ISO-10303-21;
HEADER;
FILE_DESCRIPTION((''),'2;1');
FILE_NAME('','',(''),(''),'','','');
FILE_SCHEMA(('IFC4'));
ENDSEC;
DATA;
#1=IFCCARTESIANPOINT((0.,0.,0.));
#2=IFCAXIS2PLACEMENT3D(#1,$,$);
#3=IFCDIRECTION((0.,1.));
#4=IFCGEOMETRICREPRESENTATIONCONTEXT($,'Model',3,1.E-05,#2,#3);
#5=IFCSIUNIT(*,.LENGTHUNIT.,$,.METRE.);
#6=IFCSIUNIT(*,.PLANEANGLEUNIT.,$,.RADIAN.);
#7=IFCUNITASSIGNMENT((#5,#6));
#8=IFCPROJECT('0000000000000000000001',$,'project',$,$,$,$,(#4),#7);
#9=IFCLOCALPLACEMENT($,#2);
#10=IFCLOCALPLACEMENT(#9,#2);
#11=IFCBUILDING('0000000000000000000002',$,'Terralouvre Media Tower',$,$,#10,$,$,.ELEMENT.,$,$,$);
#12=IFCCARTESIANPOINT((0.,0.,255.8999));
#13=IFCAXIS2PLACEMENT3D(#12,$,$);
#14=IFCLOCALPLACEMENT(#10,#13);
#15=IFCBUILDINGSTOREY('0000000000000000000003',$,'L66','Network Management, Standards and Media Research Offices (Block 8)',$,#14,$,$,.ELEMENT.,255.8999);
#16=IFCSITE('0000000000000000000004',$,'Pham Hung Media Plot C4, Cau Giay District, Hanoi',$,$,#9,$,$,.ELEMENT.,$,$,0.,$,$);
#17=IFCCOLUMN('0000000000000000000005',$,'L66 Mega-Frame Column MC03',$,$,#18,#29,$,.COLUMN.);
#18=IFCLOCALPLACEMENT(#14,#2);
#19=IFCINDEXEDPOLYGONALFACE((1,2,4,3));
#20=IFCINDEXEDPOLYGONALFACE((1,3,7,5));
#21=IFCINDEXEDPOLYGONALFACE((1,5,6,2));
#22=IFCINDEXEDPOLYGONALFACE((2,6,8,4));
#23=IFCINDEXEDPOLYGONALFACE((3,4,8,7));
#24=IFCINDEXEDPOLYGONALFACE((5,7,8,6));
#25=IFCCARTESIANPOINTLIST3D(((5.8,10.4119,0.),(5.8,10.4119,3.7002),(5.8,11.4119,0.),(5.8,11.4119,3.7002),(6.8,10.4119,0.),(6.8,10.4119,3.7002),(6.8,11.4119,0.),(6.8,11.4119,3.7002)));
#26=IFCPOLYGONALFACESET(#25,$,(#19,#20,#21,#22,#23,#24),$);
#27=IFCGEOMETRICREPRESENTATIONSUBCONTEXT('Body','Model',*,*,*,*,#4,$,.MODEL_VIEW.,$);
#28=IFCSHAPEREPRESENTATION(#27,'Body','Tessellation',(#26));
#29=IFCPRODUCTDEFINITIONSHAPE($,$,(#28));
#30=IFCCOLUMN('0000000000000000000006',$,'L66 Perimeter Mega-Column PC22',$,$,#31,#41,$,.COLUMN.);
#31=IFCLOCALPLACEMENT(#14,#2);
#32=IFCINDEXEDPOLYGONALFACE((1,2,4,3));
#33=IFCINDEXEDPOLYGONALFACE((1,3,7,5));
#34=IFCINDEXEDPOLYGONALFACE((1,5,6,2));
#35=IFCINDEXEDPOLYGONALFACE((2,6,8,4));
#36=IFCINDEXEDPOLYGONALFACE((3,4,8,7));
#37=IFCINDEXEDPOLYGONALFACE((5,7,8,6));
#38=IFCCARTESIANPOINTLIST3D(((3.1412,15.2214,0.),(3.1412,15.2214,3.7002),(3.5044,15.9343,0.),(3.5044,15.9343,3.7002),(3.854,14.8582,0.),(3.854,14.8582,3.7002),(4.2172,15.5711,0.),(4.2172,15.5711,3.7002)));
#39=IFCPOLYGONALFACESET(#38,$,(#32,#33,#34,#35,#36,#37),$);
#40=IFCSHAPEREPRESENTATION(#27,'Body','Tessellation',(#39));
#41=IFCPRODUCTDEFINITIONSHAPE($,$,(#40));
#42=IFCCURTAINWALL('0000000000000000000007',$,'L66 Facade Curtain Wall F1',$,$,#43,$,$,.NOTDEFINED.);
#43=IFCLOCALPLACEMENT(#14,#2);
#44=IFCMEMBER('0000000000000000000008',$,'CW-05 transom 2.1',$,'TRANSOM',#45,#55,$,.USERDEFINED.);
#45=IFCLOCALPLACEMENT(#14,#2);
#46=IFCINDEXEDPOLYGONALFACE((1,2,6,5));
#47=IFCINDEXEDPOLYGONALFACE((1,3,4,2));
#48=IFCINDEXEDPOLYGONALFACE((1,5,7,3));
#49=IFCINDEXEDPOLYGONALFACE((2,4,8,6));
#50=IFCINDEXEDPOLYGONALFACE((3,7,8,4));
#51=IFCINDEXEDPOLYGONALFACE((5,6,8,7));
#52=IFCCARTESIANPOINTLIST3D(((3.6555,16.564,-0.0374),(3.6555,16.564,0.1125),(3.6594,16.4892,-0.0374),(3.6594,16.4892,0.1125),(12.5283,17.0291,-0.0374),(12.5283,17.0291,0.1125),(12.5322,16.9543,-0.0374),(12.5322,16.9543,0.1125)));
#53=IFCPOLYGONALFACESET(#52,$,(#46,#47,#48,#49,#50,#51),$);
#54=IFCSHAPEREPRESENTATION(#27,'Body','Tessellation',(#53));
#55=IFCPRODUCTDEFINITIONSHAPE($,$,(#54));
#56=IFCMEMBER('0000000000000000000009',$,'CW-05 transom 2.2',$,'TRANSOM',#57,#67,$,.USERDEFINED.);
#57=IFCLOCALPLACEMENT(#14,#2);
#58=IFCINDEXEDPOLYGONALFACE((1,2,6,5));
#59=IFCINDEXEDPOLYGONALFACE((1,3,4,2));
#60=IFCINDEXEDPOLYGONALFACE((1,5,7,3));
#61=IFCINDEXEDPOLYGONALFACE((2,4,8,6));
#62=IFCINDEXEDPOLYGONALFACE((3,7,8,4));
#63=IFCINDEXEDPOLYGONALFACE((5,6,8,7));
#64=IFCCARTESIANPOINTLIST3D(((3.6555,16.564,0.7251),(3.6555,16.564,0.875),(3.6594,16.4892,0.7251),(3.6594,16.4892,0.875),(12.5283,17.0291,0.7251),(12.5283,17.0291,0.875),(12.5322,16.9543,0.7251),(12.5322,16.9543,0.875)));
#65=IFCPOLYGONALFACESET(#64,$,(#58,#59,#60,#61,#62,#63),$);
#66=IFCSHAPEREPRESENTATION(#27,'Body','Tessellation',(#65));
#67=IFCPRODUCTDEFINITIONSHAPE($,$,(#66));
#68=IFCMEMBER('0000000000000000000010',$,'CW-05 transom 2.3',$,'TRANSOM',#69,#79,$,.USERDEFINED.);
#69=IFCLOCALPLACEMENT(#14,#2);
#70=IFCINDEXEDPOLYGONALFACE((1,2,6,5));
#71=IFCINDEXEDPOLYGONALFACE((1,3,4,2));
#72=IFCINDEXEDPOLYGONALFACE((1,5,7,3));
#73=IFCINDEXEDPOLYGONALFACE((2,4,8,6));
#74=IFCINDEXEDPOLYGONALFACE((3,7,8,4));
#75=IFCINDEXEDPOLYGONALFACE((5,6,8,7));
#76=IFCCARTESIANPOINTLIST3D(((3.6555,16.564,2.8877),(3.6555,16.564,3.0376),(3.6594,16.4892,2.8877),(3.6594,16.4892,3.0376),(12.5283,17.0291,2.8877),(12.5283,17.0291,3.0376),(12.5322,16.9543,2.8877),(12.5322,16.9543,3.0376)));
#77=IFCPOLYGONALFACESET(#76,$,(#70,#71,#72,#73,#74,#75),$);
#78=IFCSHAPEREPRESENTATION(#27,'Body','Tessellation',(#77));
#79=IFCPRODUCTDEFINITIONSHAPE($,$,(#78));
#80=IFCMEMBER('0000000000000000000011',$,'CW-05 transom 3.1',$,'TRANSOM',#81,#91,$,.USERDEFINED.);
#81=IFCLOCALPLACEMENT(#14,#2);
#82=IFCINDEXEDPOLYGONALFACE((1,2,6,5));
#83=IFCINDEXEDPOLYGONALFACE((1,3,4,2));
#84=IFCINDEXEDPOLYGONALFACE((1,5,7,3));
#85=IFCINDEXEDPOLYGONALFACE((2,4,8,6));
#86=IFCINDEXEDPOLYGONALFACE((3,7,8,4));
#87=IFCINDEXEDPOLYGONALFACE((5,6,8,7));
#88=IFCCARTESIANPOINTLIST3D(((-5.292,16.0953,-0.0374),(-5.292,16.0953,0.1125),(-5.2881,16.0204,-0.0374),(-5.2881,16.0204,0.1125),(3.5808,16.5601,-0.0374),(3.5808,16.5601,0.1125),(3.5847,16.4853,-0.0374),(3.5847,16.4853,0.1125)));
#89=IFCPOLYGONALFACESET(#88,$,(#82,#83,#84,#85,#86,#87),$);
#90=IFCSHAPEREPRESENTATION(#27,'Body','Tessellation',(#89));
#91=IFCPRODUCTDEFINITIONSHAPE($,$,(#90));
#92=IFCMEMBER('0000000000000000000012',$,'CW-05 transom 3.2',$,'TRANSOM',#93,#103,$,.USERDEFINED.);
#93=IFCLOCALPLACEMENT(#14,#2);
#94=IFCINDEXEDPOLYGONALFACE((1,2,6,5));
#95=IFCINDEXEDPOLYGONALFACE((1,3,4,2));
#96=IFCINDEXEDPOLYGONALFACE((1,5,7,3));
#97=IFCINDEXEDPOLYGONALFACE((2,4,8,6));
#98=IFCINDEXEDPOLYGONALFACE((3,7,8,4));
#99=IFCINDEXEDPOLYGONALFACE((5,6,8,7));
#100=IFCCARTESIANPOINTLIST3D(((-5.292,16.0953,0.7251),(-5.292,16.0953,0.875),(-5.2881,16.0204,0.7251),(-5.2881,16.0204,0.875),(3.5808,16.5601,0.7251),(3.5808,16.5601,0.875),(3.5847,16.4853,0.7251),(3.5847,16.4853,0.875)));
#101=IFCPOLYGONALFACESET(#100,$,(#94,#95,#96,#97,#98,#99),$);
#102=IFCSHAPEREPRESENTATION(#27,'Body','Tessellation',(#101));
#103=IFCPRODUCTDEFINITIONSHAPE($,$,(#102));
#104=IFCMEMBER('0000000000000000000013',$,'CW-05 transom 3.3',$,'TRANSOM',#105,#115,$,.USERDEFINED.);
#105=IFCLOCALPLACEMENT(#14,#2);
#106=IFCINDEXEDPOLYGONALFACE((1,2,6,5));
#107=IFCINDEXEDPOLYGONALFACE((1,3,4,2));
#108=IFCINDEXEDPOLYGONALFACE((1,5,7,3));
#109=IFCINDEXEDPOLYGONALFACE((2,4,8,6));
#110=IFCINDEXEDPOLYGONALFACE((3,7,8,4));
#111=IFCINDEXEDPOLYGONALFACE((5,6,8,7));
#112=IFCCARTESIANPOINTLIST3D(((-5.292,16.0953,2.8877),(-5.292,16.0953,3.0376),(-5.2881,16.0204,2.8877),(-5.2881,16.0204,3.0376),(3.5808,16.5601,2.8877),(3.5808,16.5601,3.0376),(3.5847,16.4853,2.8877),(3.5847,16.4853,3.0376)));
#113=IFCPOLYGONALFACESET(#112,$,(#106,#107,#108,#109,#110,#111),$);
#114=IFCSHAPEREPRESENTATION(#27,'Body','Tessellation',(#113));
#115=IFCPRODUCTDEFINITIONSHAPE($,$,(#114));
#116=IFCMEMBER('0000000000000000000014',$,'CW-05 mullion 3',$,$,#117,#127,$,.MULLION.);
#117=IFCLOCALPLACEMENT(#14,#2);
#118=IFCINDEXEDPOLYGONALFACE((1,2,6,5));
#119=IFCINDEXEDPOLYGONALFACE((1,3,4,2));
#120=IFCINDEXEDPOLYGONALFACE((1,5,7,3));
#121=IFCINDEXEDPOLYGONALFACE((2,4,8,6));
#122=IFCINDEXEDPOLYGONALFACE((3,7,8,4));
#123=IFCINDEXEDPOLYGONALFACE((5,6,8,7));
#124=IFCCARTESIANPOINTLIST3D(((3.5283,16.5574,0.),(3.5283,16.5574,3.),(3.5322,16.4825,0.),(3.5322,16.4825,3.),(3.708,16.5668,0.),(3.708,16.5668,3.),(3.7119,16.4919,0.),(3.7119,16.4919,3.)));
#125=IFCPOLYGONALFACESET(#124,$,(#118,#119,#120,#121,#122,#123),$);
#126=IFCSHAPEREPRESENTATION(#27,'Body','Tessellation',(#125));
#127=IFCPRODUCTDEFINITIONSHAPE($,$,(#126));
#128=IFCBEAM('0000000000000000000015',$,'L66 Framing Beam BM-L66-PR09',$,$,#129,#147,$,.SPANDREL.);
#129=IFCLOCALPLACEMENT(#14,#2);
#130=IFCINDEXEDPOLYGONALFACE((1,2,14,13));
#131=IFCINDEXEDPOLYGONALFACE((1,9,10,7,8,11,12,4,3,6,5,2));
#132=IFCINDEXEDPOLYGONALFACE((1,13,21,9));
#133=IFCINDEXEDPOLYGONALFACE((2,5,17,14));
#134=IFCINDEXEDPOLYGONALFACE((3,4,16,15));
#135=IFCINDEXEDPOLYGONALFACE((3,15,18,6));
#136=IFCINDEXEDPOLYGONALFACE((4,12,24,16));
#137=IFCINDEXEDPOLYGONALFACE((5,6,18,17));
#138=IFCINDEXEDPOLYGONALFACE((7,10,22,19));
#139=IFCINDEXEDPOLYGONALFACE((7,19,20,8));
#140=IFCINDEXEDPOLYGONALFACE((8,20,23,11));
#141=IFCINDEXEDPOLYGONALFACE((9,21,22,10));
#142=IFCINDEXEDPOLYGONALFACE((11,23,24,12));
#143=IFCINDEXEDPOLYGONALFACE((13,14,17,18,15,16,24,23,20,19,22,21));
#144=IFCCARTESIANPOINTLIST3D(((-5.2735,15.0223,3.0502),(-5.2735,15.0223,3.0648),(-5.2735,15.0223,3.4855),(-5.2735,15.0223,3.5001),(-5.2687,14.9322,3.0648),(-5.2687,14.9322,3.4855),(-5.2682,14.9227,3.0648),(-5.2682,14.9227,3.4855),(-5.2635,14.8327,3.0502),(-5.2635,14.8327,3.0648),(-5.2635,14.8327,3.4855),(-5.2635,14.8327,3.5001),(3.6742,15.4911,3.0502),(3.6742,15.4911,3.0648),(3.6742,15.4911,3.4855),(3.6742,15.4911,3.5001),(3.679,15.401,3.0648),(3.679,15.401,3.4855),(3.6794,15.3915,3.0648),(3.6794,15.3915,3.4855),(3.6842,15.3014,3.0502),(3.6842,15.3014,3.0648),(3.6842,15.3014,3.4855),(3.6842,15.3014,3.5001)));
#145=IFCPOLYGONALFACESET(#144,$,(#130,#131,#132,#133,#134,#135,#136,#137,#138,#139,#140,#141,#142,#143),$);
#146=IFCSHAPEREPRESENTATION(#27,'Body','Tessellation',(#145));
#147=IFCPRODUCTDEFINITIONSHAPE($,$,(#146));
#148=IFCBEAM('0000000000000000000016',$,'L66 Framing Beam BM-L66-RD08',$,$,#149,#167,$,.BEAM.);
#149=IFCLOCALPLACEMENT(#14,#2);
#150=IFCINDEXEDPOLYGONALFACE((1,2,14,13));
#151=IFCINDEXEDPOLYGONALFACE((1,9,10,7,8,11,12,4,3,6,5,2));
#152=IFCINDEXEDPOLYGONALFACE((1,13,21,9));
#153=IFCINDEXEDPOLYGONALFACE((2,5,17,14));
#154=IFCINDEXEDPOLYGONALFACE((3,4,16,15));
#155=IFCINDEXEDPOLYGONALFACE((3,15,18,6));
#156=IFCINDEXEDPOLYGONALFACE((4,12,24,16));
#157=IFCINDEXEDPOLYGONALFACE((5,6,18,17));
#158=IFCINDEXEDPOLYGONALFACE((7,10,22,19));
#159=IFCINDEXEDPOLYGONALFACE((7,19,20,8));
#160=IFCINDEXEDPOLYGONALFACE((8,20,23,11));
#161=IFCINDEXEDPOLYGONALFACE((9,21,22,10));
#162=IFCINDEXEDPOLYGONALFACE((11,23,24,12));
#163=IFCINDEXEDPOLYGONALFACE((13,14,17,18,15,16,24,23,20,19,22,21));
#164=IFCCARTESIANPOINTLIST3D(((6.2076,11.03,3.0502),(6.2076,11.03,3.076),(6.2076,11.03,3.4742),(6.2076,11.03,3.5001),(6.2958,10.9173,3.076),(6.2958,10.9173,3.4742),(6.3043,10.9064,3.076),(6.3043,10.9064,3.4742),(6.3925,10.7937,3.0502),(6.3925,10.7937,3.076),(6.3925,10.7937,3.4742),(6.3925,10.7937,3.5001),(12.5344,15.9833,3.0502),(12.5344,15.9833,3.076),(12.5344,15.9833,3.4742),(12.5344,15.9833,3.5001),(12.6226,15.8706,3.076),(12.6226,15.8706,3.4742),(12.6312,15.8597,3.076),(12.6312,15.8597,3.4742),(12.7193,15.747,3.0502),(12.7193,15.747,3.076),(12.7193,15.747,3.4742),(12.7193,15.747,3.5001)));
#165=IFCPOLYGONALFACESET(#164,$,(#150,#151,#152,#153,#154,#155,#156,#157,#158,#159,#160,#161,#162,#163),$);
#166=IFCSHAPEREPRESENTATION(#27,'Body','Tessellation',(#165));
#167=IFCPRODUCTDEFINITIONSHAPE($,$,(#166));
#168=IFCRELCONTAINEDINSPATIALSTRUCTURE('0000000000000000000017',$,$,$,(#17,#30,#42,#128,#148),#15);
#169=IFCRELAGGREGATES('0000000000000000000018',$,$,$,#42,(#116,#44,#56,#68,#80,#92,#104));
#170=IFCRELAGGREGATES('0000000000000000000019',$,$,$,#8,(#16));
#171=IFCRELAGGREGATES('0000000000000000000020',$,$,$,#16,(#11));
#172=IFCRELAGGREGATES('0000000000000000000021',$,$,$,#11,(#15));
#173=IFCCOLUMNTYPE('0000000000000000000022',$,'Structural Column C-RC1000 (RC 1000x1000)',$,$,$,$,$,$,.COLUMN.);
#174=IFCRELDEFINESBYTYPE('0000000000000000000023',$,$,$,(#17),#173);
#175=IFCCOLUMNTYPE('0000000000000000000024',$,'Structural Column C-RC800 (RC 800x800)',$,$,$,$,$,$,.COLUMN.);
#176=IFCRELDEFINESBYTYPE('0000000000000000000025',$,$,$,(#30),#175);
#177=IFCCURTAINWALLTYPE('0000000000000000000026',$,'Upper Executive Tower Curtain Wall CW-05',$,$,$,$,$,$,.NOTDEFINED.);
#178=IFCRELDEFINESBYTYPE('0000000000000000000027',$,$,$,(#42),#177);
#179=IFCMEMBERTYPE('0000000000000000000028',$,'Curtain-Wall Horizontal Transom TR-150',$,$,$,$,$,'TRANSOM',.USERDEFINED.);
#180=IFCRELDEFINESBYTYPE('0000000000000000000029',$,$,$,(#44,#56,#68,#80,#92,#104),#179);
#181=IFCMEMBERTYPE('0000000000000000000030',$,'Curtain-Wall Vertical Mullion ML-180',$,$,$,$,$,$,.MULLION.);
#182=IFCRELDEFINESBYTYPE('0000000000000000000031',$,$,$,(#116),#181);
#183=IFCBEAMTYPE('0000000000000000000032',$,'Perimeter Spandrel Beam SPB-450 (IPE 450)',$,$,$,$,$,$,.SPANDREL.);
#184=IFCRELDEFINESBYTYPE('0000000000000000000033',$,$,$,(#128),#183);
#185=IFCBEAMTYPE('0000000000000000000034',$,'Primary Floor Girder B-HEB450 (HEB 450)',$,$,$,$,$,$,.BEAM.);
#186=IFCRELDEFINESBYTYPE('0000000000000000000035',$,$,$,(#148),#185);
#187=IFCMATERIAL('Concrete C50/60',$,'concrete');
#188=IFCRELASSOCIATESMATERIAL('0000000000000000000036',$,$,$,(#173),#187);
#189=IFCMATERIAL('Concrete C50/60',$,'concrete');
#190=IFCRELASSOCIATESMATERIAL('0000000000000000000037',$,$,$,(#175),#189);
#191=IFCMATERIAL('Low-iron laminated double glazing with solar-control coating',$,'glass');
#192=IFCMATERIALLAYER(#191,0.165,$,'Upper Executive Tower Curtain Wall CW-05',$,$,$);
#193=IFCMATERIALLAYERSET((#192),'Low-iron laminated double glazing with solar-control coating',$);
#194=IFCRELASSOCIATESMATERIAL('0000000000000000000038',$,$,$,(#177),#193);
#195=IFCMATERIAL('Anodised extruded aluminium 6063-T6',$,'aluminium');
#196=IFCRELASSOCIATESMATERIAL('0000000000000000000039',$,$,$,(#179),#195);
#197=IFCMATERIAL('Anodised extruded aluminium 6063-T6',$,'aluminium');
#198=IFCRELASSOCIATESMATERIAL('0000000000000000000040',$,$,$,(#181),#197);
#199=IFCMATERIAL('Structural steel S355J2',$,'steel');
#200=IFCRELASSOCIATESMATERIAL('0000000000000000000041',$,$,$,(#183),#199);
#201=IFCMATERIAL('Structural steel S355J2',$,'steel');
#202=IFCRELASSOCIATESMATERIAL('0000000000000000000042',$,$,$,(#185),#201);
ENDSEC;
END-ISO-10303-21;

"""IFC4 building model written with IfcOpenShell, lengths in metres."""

from ifc_helpers import new_model, si_unit, direction, frame, origin, origin_2d, place, context, subcontext, project, spatial, rectangle, i_section, extrude, material, layer, layer_set, material_profile, profile_set, type_object, element, aggregate, save


model = new_model("IFC4")

# Units and contexts
model_context = context("Model", 3, precision=1e-05, world=origin(), true_north=direction((0.0, 1.0)))
body_context = subcontext(model_context, "Body", "Model", "MODEL_VIEW")
ifc_project = project(units=[si_unit("LENGTHUNIT", "METRE"), si_unit("PLANEANGLEUNIT", "RADIAN")], contexts=[model_context])

# Site, building, storey
site_placement = place(None, origin())
site = spatial("IfcSite", under=ifc_project, at=site_placement, Name="Pham Hung Media Plot C4, Cau Giay District, Hanoi", CompositionType="ELEMENT", RefElevation=0.0)
building_placement = place(site_placement, origin())
building = spatial("IfcBuilding", under=site, at=building_placement, Name="Terralouvre Media Tower", CompositionType="ELEMENT")
storey_placement = place(building_placement, frame((0.0, 0.0, 255.8999)))
storey = spatial("IfcBuildingStorey", under=building, at=storey_placement, Name="L66", Description="Network Management, Standards and Media Research Offices (Block 8)", CompositionType="ELEMENT", Elevation=255.8999)

# Columns
ifc_material_1 = material(Name="Concrete C50/60", Category="concrete")
ifc_material_profile_1 = material_profile(ifc_material_1, rectangle(XDim=1.0, YDim=1.0, at=origin_2d()), Name="RC 1000x1000")
ifc_profile_set_1 = profile_set([ifc_material_profile_1], Name="Concrete C50/60")
column_type_1 = type_object("IfcColumnType", Name="Structural Column C-RC1000 (RC 1000x1000)", PredefinedType="COLUMN", material=ifc_profile_set_1)
column_1_placement = place(storey_placement, frame((6.3, 10.9119, 0.0), z_axis=(0.0, 0.0, 1.0), x_axis=(1.0, 0.0, 0.0)))
element("IfcColumn", 1, at=column_1_placement, inside=storey, type_object=column_type_1, Name="L66 Mega-Frame Column MC03", PredefinedType="COLUMN", context=body_context, shape_type="SweptSolid", body=[
    extrude(rectangle(XDim=1.0, YDim=1.0, at=origin_2d()), origin(), (0.0, 0.0, 1.0), 3.7002),
])
ifc_material_2 = material(Name="Concrete C50/60", Category="concrete")
ifc_material_profile_2 = material_profile(ifc_material_2, rectangle(XDim=0.8, YDim=0.8, at=origin_2d()), Name="RC 800x800")
ifc_profile_set_2 = profile_set([ifc_material_profile_2], Name="Concrete C50/60")
column_type_2 = type_object("IfcColumnType", Name="Structural Column C-RC800 (RC 800x800)", PredefinedType="COLUMN", material=ifc_profile_set_2)
column_2_placement = place(storey_placement, frame((3.6792, 15.3962, 0.0), z_axis=(0.0, 0.0, 1.0), x_axis=(0.45399, 0.891007, 0.0)))
element("IfcColumn", 2, at=column_2_placement, inside=storey, type_object=column_type_2, Name="L66 Perimeter Mega-Column PC22", PredefinedType="COLUMN", context=body_context, shape_type="SweptSolid", body=[
    extrude(rectangle(XDim=0.8, YDim=0.8, at=origin_2d()), origin(), (0.0, 0.0, 1.0), 3.7002),
])

# Curtain wall, members
ifc_material_3 = material(Name="Low-iron laminated double glazing with solar-control coating", Category="glass")
ifc_layer_1 = layer(ifc_material_3, 0.165, Name="Upper Executive Tower Curtain Wall CW-05")
ifc_layer_set_1 = layer_set([ifc_layer_1], Name="Low-iron laminated double glazing with solar-control coating")
curtain_wall_type = type_object("IfcCurtainWallType", Name="Upper Executive Tower Curtain Wall CW-05", PredefinedType="NOTDEFINED", material=ifc_layer_set_1)
curtain_wall_placement = place(storey_placement, origin())
curtain_wall = element("IfcCurtainWall", 3, at=curtain_wall_placement, inside=storey, type_object=curtain_wall_type, Name="L66 Facade Curtain Wall F1", PredefinedType="NOTDEFINED")
ifc_material_4 = material(Name="Anodised extruded aluminium 6063-T6", Category="aluminium")
ifc_material_profile_3 = material_profile(ifc_material_4, rectangle(XDim=0.075, YDim=0.1499, at=origin_2d()), Name="ALU 75x150")
ifc_profile_set_3 = profile_set([ifc_material_profile_3], Name="Anodised extruded aluminium 6063-T6")
member_type_1 = type_object("IfcMemberType", Name="Curtain-Wall Horizontal Transom TR-150", ElementType="TRANSOM", PredefinedType="USERDEFINED", material=ifc_profile_set_3)
member_1_placement = place(storey_placement, frame((12.5303, 16.9917, 0.0376), z_axis=(-0.998629, -0.052345, 0.0), x_axis=(0.052345, -0.998629, 0.0)))
member_1 = element("IfcMember", 4, at=member_1_placement, type_object=member_type_1, Name="CW-05 transom 2.1", ObjectType="TRANSOM", PredefinedType="USERDEFINED", context=body_context, shape_type="SweptSolid", body=[
    extrude(rectangle(XDim=0.075, YDim=0.1499, at=origin_2d()), origin(), (0.0, 0.0, 1.0), 8.885),
])
member_2_placement = place(storey_placement, frame((12.5303, 16.9917, 0.8), z_axis=(-0.998629, -0.052345, 0.0), x_axis=(0.052345, -0.998629, 0.0)))
member_2 = element("IfcMember", 5, at=member_2_placement, type_object=member_type_1, Name="CW-05 transom 2.2", ObjectType="TRANSOM", PredefinedType="USERDEFINED", context=body_context, shape_type="SweptSolid", body=[
    extrude(rectangle(XDim=0.075, YDim=0.1499, at=origin_2d()), origin(), (0.0, 0.0, 1.0), 8.885),
])
member_3_placement = place(storey_placement, frame((12.5303, 16.9917, 2.9626), z_axis=(-0.998629, -0.052345, 0.0), x_axis=(0.052345, -0.998629, 0.0)))
member_3 = element("IfcMember", 6, at=member_3_placement, type_object=member_type_1, Name="CW-05 transom 2.3", ObjectType="TRANSOM", PredefinedType="USERDEFINED", context=body_context, shape_type="SweptSolid", body=[
    extrude(rectangle(XDim=0.075, YDim=0.1499, at=origin_2d()), origin(), (0.0, 0.0, 1.0), 8.885),
])
member_4_placement = place(storey_placement, frame((3.5828, 16.5227, 0.0376), z_axis=(-0.99863, -0.052318, 0.0), x_axis=(0.052318, -0.99863, 0.0)))
member_4 = element("IfcMember", 7, at=member_4_placement, type_object=member_type_1, Name="CW-05 transom 3.1", ObjectType="TRANSOM", PredefinedType="USERDEFINED", context=body_context, shape_type="SweptSolid", body=[
    extrude(rectangle(XDim=0.075, YDim=0.1499, at=origin_2d()), origin(), (0.0, 0.0, 1.0), 8.885),
])
member_5_placement = place(storey_placement, frame((3.5828, 16.5227, 0.8), z_axis=(-0.99863, -0.052318, 0.0), x_axis=(0.052318, -0.99863, 0.0)))
member_5 = element("IfcMember", 8, at=member_5_placement, type_object=member_type_1, Name="CW-05 transom 3.2", ObjectType="TRANSOM", PredefinedType="USERDEFINED", context=body_context, shape_type="SweptSolid", body=[
    extrude(rectangle(XDim=0.075, YDim=0.1499, at=origin_2d()), origin(), (0.0, 0.0, 1.0), 8.885),
])
member_6_placement = place(storey_placement, frame((3.5828, 16.5227, 2.9626), z_axis=(-0.99863, -0.052318, 0.0), x_axis=(0.052318, -0.99863, 0.0)))
member_6 = element("IfcMember", 9, at=member_6_placement, type_object=member_type_1, Name="CW-05 transom 3.3", ObjectType="TRANSOM", PredefinedType="USERDEFINED", context=body_context, shape_type="SweptSolid", body=[
    extrude(rectangle(XDim=0.075, YDim=0.1499, at=origin_2d()), origin(), (0.0, 0.0, 1.0), 8.885),
])
ifc_material_5 = material(Name="Anodised extruded aluminium 6063-T6", Category="aluminium")
ifc_material_profile_4 = material_profile(ifc_material_5, rectangle(XDim=0.075, YDim=0.1799, at=origin_2d()), Name="ALU 75x180")
ifc_profile_set_4 = profile_set([ifc_material_profile_4], Name="Anodised extruded aluminium 6063-T6")
member_type_2 = type_object("IfcMemberType", Name="Curtain-Wall Vertical Mullion ML-180", PredefinedType="MULLION", material=ifc_profile_set_4)
member_7_placement = place(storey_placement, frame((3.6201, 16.5247, 0.0), z_axis=(0.0, 0.0, 1.0), x_axis=(0.052336, -0.99863, 0.0)))
member_7 = element("IfcMember", 10, at=member_7_placement, type_object=member_type_2, Name="CW-05 mullion 3", PredefinedType="MULLION", context=body_context, shape_type="SweptSolid", body=[
    extrude(rectangle(XDim=0.075, YDim=0.1799, at=origin_2d()), origin(), (0.0, 0.0, 1.0), 3.0),
])

# Beams
ifc_material_6 = material(Name="Structural steel S355J2", Category="steel")
ifc_material_profile_5 = material_profile(ifc_material_6, i_section(OverallWidth=0.1899, OverallDepth=0.45, WebThickness=0.0095, FlangeThickness=0.0146, at=origin_2d()), Name="IPE 450")
ifc_profile_set_5 = profile_set([ifc_material_profile_5], Name="Structural steel S355J2")
beam_type_1 = type_object("IfcBeamType", Name="Perimeter Spandrel Beam SPB-450 (IPE 450)", PredefinedType="SPANDREL", material=ifc_profile_set_5)
beam_1_placement = place(storey_placement, frame((3.6792, 15.3962, 3.2751), z_axis=(-0.998631, -0.052316, 0.0), x_axis=(0.052316, -0.998631, 0.0)))
element("IfcBeam", 11, at=beam_1_placement, inside=storey, type_object=beam_type_1, Name="L66 Framing Beam BM-L66-PR09", PredefinedType="SPANDREL", context=body_context, shape_type="SweptSolid", body=[
    extrude(i_section(OverallWidth=0.1899, OverallDepth=0.45, WebThickness=0.0095, FlangeThickness=0.0146, at=origin_2d()), origin(), (0.0, 0.0, 1.0), 8.96),
])
ifc_material_7 = material(Name="Structural steel S355J2", Category="steel")
ifc_material_profile_6 = material_profile(ifc_material_7, i_section(OverallWidth=0.3, OverallDepth=0.45, WebThickness=0.0139, FlangeThickness=0.0259, at=origin_2d()), Name="HEB 450")
ifc_profile_set_6 = profile_set([ifc_material_profile_6], Name="Structural steel S355J2")
beam_type_2 = type_object("IfcBeamType", Name="Primary Floor Girder B-HEB450 (HEB 450)", PredefinedType="BEAM", material=ifc_profile_set_6)
beam_2_placement = place(storey_placement, frame((6.3, 10.9119, 3.2751), z_axis=(0.787392, 0.616453, 0.0), x_axis=(-0.616453, 0.787392, 0.0)))
element("IfcBeam", 12, at=beam_2_placement, inside=storey, type_object=beam_type_2, Name="L66 Framing Beam BM-L66-RD08", PredefinedType="BEAM", context=body_context, shape_type="SweptSolid", body=[
    extrude(i_section(OverallWidth=0.3, OverallDepth=0.45, WebThickness=0.0139, FlangeThickness=0.0259, at=origin_2d()), origin(), (0.0, 0.0, 1.0), 8.0352),
])

aggregate(curtain_wall, [member_7, member_1, member_2, member_3, member_4, member_5, member_6])

save(model, "model.ifc")
